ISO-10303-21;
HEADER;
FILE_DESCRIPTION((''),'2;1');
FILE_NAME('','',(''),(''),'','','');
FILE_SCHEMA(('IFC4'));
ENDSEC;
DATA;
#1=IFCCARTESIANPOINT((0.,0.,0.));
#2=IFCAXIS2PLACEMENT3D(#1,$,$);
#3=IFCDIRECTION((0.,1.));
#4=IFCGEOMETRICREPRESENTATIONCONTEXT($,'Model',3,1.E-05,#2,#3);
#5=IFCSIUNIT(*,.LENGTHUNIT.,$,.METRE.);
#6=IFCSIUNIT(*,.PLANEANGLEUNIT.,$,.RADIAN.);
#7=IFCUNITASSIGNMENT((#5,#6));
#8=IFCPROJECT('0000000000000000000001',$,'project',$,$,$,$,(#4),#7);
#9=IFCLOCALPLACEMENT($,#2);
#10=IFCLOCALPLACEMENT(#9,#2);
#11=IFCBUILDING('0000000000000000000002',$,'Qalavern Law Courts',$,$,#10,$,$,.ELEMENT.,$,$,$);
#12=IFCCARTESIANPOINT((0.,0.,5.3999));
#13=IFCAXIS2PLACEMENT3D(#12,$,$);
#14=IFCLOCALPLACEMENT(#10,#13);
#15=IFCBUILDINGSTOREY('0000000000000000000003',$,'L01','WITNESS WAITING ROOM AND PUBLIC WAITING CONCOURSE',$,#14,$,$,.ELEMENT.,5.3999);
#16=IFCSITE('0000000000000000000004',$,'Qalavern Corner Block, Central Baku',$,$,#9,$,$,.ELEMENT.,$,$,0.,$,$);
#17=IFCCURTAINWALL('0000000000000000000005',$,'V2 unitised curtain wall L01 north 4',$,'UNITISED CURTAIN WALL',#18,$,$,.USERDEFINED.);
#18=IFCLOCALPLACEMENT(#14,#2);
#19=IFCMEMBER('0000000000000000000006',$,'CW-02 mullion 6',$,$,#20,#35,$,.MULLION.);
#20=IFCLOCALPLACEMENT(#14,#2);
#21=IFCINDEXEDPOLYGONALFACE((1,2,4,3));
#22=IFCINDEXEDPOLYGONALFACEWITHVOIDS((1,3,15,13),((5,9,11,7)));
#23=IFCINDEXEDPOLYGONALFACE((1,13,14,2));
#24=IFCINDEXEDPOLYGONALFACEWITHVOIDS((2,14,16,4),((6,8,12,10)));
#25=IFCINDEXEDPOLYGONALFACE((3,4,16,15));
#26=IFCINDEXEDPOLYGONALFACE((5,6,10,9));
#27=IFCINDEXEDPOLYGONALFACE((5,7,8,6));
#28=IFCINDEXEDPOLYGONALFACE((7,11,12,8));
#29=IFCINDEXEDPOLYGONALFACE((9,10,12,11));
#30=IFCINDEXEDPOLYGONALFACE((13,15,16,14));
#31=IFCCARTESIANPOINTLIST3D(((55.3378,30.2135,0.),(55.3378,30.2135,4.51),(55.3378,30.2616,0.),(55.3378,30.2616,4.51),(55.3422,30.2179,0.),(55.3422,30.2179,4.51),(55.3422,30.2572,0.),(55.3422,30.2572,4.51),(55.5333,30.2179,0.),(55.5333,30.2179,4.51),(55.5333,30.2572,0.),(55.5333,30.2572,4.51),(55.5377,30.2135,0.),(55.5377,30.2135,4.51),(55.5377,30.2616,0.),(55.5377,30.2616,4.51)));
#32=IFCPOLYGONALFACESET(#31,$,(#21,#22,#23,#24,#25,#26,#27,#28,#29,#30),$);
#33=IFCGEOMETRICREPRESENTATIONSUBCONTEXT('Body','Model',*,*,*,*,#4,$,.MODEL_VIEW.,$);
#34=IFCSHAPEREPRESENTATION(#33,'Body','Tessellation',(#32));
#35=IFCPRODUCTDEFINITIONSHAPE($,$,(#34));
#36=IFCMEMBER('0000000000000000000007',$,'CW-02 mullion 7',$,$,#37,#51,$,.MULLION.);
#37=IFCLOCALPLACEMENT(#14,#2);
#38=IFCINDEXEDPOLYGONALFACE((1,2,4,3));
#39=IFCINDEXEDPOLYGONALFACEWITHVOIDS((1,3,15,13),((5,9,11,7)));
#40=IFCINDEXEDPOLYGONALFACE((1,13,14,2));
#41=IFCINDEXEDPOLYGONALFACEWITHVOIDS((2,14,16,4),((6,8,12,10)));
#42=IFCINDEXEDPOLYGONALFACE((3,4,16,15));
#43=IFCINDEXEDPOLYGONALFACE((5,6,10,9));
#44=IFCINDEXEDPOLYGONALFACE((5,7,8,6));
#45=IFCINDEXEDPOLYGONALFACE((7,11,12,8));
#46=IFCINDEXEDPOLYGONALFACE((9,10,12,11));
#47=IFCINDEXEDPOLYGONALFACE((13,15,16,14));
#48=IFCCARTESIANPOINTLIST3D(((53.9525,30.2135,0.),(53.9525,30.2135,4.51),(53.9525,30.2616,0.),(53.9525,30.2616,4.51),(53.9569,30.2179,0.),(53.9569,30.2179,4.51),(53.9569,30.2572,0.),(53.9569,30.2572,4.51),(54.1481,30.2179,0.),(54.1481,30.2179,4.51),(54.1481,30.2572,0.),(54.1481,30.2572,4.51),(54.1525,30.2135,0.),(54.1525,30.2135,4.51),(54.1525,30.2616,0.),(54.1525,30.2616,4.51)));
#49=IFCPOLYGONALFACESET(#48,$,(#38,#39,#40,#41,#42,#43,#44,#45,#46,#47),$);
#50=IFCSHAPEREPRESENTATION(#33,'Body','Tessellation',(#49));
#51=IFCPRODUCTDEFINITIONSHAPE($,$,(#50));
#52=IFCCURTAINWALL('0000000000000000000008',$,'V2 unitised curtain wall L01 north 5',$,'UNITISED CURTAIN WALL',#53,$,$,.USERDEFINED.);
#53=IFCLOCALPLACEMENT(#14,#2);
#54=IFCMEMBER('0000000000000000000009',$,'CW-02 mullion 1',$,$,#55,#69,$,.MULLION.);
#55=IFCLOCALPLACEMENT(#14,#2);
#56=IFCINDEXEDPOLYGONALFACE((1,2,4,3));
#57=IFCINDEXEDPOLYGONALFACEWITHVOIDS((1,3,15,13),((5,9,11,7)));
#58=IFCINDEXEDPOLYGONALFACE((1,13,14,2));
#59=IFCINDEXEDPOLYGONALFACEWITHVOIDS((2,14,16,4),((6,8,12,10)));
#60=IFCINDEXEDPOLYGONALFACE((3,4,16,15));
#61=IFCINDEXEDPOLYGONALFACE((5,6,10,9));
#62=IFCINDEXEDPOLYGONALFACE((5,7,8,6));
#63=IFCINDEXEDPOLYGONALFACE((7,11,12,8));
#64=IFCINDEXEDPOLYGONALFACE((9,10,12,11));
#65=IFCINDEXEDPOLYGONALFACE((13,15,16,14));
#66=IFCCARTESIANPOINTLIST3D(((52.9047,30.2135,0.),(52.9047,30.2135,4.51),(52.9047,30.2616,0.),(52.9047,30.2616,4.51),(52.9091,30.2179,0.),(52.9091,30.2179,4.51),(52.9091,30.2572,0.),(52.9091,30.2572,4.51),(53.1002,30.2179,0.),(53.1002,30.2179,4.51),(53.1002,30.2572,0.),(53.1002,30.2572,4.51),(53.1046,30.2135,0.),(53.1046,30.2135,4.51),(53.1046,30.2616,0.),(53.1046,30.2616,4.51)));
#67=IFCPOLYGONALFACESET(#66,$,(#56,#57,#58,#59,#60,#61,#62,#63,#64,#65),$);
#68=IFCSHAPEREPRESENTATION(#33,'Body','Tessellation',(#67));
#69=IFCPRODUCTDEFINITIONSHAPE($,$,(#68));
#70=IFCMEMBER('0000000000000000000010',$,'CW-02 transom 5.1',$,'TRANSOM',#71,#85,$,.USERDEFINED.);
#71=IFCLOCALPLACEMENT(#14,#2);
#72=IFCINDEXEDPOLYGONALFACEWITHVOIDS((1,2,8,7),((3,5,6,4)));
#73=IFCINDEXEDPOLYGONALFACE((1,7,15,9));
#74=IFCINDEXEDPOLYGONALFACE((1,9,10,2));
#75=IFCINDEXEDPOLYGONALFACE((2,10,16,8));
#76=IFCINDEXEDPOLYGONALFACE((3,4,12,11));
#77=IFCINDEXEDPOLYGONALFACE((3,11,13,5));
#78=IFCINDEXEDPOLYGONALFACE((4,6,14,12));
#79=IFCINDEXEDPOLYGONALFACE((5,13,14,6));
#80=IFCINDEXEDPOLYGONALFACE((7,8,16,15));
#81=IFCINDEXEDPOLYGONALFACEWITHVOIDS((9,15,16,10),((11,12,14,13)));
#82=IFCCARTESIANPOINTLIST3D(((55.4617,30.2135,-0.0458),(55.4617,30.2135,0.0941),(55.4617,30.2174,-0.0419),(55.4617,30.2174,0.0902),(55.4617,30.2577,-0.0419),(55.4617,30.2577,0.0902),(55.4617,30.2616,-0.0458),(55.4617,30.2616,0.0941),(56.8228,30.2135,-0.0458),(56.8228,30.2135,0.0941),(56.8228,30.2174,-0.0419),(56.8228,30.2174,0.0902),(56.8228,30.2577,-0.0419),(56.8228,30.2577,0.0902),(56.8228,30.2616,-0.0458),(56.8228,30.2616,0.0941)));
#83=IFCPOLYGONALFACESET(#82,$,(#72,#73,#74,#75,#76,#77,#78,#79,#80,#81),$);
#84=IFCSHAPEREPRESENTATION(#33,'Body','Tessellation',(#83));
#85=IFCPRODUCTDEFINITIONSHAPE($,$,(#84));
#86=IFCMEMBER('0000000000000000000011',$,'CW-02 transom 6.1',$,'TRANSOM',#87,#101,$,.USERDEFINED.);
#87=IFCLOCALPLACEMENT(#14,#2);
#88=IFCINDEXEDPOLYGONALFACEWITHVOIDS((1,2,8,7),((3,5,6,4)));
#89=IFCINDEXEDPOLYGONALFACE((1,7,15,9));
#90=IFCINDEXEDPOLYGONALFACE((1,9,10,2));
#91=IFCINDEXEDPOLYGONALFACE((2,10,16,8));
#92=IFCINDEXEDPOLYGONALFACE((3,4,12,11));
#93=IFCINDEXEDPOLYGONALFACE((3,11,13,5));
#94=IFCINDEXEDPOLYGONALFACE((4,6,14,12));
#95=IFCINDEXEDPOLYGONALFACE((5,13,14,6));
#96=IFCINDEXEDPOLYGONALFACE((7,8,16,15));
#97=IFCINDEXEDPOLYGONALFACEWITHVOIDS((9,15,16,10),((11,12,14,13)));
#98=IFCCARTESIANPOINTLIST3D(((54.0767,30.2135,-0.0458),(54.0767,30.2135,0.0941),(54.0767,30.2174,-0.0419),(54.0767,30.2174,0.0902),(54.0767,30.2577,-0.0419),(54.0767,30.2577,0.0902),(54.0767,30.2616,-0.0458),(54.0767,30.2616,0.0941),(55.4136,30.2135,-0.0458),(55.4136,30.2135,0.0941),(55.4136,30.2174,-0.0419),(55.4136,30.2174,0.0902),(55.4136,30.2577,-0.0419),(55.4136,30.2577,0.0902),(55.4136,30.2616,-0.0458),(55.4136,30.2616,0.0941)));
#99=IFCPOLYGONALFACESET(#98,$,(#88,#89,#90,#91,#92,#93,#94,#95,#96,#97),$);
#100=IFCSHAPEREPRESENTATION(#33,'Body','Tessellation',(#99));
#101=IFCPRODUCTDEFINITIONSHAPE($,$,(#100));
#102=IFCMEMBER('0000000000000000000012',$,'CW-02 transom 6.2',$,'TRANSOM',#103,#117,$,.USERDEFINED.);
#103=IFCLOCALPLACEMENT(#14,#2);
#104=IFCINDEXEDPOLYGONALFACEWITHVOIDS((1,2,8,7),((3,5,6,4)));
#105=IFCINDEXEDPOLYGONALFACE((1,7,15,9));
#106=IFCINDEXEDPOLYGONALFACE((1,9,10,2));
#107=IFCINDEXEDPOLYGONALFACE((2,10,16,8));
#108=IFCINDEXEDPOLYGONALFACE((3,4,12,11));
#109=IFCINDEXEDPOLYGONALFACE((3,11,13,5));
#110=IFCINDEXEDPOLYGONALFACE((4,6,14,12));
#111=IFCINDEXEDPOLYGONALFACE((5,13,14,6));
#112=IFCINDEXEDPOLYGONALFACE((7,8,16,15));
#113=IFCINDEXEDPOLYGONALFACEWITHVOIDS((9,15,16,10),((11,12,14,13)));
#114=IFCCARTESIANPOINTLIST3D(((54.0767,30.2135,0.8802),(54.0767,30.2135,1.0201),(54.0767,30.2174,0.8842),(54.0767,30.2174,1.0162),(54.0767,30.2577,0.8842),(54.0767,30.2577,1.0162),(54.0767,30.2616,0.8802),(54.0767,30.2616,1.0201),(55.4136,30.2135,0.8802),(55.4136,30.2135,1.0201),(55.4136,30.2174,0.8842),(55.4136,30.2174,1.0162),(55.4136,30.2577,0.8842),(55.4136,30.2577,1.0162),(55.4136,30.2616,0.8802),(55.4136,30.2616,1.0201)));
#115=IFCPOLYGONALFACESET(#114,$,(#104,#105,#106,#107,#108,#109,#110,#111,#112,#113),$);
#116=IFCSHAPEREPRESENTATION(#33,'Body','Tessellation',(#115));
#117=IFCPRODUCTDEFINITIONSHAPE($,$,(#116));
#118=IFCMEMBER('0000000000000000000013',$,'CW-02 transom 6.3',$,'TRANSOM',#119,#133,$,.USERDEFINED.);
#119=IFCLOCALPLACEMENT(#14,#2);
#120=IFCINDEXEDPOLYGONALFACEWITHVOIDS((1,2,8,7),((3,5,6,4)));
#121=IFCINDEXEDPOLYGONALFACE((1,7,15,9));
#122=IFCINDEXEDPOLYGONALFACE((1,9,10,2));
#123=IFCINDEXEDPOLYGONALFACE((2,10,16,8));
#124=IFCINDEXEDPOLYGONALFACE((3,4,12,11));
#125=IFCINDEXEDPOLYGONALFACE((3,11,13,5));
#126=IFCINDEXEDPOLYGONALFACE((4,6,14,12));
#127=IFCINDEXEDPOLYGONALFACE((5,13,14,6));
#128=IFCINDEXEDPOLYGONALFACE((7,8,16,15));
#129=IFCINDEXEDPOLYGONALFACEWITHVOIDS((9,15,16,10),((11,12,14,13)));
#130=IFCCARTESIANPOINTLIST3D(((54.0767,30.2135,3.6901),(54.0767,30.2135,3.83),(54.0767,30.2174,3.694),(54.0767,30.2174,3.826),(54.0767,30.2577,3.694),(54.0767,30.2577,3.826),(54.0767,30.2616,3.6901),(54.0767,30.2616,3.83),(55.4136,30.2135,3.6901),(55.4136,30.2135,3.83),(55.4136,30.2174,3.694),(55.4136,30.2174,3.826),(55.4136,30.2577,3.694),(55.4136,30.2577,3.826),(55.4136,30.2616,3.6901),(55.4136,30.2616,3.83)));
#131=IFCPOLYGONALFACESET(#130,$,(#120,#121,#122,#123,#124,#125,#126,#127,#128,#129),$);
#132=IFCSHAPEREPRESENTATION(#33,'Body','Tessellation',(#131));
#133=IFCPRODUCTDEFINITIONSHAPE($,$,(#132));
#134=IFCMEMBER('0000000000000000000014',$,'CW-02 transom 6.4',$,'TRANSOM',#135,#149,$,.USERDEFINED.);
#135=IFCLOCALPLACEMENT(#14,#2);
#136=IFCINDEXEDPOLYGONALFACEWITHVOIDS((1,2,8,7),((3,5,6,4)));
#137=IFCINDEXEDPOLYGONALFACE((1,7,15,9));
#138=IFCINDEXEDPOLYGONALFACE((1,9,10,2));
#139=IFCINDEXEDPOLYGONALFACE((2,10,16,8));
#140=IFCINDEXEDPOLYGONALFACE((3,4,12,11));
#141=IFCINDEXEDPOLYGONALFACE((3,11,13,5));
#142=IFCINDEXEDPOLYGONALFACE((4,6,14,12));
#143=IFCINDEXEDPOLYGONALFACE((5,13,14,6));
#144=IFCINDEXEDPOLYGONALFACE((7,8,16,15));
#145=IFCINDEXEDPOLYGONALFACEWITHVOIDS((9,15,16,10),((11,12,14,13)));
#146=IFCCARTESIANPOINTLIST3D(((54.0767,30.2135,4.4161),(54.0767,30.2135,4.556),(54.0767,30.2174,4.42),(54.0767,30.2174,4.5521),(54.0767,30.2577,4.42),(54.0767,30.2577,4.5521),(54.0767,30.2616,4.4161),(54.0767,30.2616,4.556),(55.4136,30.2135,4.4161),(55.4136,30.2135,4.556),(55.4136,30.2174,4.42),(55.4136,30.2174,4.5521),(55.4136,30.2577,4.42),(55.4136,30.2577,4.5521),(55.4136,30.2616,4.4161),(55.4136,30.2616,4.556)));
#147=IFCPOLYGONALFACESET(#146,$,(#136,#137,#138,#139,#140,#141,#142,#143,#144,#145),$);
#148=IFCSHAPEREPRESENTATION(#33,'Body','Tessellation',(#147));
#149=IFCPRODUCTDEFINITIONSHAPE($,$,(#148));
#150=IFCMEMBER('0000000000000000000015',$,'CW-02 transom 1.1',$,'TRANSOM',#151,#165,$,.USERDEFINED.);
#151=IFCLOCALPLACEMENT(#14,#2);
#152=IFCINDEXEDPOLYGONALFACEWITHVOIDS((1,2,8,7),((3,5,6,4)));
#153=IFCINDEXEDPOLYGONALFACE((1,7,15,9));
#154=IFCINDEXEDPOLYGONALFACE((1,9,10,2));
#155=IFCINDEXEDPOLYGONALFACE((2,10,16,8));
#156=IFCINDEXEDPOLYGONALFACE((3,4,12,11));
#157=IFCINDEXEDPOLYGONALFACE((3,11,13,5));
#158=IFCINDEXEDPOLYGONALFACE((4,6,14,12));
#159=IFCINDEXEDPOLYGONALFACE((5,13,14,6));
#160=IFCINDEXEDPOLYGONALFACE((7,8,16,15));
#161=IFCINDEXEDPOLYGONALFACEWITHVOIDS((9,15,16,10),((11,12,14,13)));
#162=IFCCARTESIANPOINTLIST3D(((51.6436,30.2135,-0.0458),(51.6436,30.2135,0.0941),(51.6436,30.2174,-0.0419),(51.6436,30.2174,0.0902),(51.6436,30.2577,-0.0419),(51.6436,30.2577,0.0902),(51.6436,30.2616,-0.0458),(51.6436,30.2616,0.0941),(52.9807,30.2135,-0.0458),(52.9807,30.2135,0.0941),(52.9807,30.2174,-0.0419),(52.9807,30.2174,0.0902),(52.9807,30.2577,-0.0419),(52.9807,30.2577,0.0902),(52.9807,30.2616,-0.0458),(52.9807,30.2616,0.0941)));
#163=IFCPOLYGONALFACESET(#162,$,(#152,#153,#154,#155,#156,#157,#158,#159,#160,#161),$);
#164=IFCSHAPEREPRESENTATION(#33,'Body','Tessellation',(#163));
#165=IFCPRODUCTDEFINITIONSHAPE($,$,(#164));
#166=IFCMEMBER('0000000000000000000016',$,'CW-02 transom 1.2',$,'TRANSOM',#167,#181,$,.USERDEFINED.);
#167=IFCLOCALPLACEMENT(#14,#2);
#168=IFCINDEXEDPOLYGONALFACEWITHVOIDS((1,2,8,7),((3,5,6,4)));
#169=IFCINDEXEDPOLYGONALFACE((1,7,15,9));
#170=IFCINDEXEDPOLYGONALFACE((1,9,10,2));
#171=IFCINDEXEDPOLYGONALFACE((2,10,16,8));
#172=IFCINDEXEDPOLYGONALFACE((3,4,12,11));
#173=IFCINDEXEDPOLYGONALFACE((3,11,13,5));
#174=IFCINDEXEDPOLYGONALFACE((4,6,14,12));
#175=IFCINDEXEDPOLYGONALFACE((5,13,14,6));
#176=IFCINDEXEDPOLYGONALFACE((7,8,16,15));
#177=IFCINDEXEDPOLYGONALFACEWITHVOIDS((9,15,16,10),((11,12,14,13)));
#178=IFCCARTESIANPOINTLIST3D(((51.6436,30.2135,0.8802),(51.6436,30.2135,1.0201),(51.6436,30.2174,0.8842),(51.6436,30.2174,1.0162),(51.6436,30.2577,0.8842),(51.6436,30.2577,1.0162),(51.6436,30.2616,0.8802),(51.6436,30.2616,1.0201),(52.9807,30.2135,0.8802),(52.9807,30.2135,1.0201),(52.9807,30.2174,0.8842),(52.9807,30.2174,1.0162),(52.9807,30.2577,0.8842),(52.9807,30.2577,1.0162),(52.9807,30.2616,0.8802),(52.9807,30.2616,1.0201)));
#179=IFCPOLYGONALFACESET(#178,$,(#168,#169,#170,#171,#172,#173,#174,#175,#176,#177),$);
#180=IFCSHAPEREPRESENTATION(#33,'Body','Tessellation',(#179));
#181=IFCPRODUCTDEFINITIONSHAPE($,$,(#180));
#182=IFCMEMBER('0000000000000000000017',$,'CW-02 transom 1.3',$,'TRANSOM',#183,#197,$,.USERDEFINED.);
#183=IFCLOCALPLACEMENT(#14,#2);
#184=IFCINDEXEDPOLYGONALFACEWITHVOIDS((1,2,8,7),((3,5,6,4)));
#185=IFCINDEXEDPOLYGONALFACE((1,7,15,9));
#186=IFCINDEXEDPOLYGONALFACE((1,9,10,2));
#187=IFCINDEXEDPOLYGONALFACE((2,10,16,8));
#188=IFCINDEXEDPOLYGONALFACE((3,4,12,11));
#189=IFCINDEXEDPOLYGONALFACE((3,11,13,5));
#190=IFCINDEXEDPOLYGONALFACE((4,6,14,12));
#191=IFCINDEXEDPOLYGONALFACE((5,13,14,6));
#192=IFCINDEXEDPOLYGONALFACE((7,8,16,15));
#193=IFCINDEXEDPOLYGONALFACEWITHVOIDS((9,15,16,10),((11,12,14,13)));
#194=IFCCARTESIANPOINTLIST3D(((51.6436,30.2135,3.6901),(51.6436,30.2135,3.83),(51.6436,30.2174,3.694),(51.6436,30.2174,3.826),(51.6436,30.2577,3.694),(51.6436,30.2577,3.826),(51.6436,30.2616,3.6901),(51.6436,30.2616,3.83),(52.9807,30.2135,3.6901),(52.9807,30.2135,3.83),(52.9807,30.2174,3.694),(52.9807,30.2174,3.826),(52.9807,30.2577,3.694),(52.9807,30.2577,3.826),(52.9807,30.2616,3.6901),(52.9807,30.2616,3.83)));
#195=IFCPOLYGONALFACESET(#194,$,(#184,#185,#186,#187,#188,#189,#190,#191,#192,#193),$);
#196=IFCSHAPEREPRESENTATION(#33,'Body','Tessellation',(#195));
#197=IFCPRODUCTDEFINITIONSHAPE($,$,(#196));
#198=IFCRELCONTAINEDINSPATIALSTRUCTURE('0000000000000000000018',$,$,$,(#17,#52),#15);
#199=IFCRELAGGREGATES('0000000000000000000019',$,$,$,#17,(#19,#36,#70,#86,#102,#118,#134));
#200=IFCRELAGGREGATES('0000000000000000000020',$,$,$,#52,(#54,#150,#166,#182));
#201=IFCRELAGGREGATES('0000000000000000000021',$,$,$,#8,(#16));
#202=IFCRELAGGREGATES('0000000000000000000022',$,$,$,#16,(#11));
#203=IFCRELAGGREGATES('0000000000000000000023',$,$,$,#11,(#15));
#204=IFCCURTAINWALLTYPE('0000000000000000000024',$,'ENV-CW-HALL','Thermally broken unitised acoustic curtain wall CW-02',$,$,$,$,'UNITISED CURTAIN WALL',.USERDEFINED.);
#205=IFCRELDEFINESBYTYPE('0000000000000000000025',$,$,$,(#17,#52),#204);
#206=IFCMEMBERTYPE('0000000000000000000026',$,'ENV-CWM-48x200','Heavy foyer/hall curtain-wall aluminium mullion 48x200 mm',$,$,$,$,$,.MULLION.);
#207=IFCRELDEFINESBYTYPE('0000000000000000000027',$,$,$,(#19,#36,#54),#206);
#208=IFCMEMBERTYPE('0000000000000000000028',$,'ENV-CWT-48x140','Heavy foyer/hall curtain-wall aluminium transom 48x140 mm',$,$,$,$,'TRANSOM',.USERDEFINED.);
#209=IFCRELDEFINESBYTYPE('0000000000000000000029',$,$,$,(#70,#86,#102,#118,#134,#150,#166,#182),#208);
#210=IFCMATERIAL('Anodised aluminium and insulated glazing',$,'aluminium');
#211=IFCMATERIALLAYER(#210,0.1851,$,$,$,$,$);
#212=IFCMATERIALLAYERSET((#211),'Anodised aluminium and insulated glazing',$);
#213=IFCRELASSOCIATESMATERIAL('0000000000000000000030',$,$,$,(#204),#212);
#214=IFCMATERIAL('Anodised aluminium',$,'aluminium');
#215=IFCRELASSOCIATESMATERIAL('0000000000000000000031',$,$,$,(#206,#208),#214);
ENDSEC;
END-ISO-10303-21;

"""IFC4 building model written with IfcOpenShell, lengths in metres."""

from ifc_helpers import new_model, si_unit, direction, frame, origin, origin_2d, place, context, subcontext, project, spatial, hollow_rectangle, extrude, material, layer, layer_set, material_profile, profile_set, type_object, element, aggregate, save


model = new_model("IFC4")

# Units and contexts
model_context = context("Model", 3, precision=1e-05, world=origin(), true_north=direction((0.0, 1.0)))
body_context = subcontext(model_context, "Body", "Model", "MODEL_VIEW")
ifc_project = project(units=[si_unit("LENGTHUNIT", "METRE"), si_unit("PLANEANGLEUNIT", "RADIAN")], contexts=[model_context])

# Site, building, storey
site_placement = place(None, origin())
site = spatial("IfcSite", under=ifc_project, at=site_placement, Name="Qalavern Corner Block, Central Baku", CompositionType="ELEMENT", RefElevation=0.0)
building_placement = place(site_placement, origin())
building = spatial("IfcBuilding", under=site, at=building_placement, Name="Qalavern Law Courts", CompositionType="ELEMENT")
storey_placement = place(building_placement, frame((0.0, 0.0, 5.3999)))
storey = spatial("IfcBuildingStorey", under=building, at=storey_placement, Name="L01", Description="WITNESS WAITING ROOM AND PUBLIC WAITING CONCOURSE", CompositionType="ELEMENT", Elevation=5.3999)

# Curtain wall, members
ifc_material_1 = material(Name="Anodised aluminium and insulated glazing", Category="aluminium")
ifc_layer_1 = layer(ifc_material_1, 0.1851)
ifc_layer_set_1 = layer_set([ifc_layer_1], Name="Anodised aluminium and insulated glazing")
curtain_wall_type = type_object("IfcCurtainWallType", Name="ENV-CW-HALL", Description="Thermally broken unitised acoustic curtain wall CW-02", ElementType="UNITISED CURTAIN WALL", PredefinedType="USERDEFINED", material=ifc_layer_set_1)
curtain_wall_1_placement = place(storey_placement, origin())
curtain_wall_1 = element("IfcCurtainWall", 1, at=curtain_wall_1_placement, inside=storey, type_object=curtain_wall_type, Name="V2 unitised curtain wall L01 north 4", ObjectType="UNITISED CURTAIN WALL", PredefinedType="USERDEFINED")
ifc_material_2 = material(Name="Anodised aluminium", Category="aluminium")
ifc_material_profile_1 = material_profile(ifc_material_2, hollow_rectangle(XDim=0.0481, YDim=0.2, WallThickness=0.0044, at=origin_2d()), Name="ALU MULLION 48x200")
ifc_profile_set_1 = profile_set([ifc_material_profile_1], Name="Anodised aluminium")
member_type_1 = type_object("IfcMemberType", Name="ENV-CWM-48x200", Description="Heavy foyer/hall curtain-wall aluminium mullion 48x200 mm", PredefinedType="MULLION", material=ifc_profile_set_1)
member_1_placement = place(storey_placement, frame((55.4377, 30.2375, 0.0), z_axis=(0.0, 0.0, 1.0), x_axis=(0.0, -1.0, 0.0)))
member_1 = element("IfcMember", 2, at=member_1_placement, type_object=member_type_1, Name="CW-02 mullion 6", PredefinedType="MULLION", context=body_context, shape_type="SweptSolid", body=[
    extrude(hollow_rectangle(XDim=0.0481, YDim=0.2, WallThickness=0.0044, at=origin_2d()), origin(), (0.0, 0.0, 1.0), 4.51),
])
member_2_placement = place(storey_placement, frame((54.0525, 30.2375, 0.0), z_axis=(0.0, 0.0, 1.0), x_axis=(0.0, -1.0, 0.0)))
member_2 = element("IfcMember", 3, at=member_2_placement, type_object=member_type_1, Name="CW-02 mullion 7", PredefinedType="MULLION", context=body_context, shape_type="SweptSolid", body=[
    extrude(hollow_rectangle(XDim=0.0481, YDim=0.2, WallThickness=0.0044, at=origin_2d()), origin(), (0.0, 0.0, 1.0), 4.51),
])

# Curtain wall, member
curtain_wall_2_placement = place(storey_placement, origin())
curtain_wall_2 = element("IfcCurtainWall", 4, at=curtain_wall_2_placement, inside=storey, type_object=curtain_wall_type, Name="V2 unitised curtain wall L01 north 5", ObjectType="UNITISED CURTAIN WALL", PredefinedType="USERDEFINED")
member_3_placement = place(storey_placement, frame((53.0046, 30.2375, 0.0), z_axis=(0.0, 0.0, 1.0), x_axis=(0.0, -1.0, 0.0)))
member_3 = element("IfcMember", 5, at=member_3_placement, type_object=member_type_1, Name="CW-02 mullion 1", PredefinedType="MULLION", context=body_context, shape_type="SweptSolid", body=[
    extrude(hollow_rectangle(XDim=0.0481, YDim=0.2, WallThickness=0.0044, at=origin_2d()), origin(), (0.0, 0.0, 1.0), 4.51),
])

# Members
ifc_material_profile_2 = material_profile(ifc_material_2, hollow_rectangle(XDim=0.0481, YDim=0.1399, WallThickness=0.0039, at=origin_2d()), Name="ALU TRANSOM 48x140")
ifc_profile_set_2 = profile_set([ifc_material_profile_2], Name="Anodised aluminium")
member_type_2 = type_object("IfcMemberType", Name="ENV-CWT-48x140", Description="Heavy foyer/hall curtain-wall aluminium transom 48x140 mm", ElementType="TRANSOM", PredefinedType="USERDEFINED", material=ifc_profile_set_2)
member_4_placement = place(storey_placement, frame((56.8228, 30.2375, 0.0242), z_axis=(-1.0, 0.0, 0.0), x_axis=(0.0, -1.0, 0.0)))
member_4 = element("IfcMember", 6, at=member_4_placement, type_object=member_type_2, Name="CW-02 transom 5.1", ObjectType="TRANSOM", PredefinedType="USERDEFINED", context=body_context, shape_type="SweptSolid", body=[
    extrude(hollow_rectangle(XDim=0.0481, YDim=0.1399, WallThickness=0.0039, at=origin_2d()), origin(), (0.0, 0.0, 1.0), 1.3611),
])
member_5_placement = place(storey_placement, frame((55.4136, 30.2375, 0.0242), z_axis=(-1.0, 0.0, 0.0), x_axis=(0.0, -1.0, 0.0)))
member_5 = element("IfcMember", 7, at=member_5_placement, type_object=member_type_2, Name="CW-02 transom 6.1", ObjectType="TRANSOM", PredefinedType="USERDEFINED", context=body_context, shape_type="SweptSolid", body=[
    extrude(hollow_rectangle(XDim=0.0481, YDim=0.1399, WallThickness=0.0039, at=origin_2d()), origin(), (0.0, 0.0, 1.0), 1.3369),
])
member_6_placement = place(storey_placement, frame((55.4136, 30.2375, 0.9502), z_axis=(-1.0, 0.0, 0.0), x_axis=(0.0, -1.0, 0.0)))
member_6 = element("IfcMember", 8, at=member_6_placement, type_object=member_type_2, Name="CW-02 transom 6.2", ObjectType="TRANSOM", PredefinedType="USERDEFINED", context=body_context, shape_type="SweptSolid", body=[
    extrude(hollow_rectangle(XDim=0.0481, YDim=0.1399, WallThickness=0.0039, at=origin_2d()), origin(), (0.0, 0.0, 1.0), 1.3369),
])
member_7_placement = place(storey_placement, frame((55.4136, 30.2375, 3.76), z_axis=(-1.0, 0.0, 0.0), x_axis=(0.0, -1.0, 0.0)))
member_7 = element("IfcMember", 9, at=member_7_placement, type_object=member_type_2, Name="CW-02 transom 6.3", ObjectType="TRANSOM", PredefinedType="USERDEFINED", context=body_context, shape_type="SweptSolid", body=[
    extrude(hollow_rectangle(XDim=0.0481, YDim=0.1399, WallThickness=0.0039, at=origin_2d()), origin(), (0.0, 0.0, 1.0), 1.3369),
])
member_8_placement = place(storey_placement, frame((55.4136, 30.2375, 4.4861), z_axis=(-1.0, 0.0, 0.0), x_axis=(0.0, -1.0, 0.0)))
member_8 = element("IfcMember", 10, at=member_8_placement, type_object=member_type_2, Name="CW-02 transom 6.4", ObjectType="TRANSOM", PredefinedType="USERDEFINED", context=body_context, shape_type="SweptSolid", body=[
    extrude(hollow_rectangle(XDim=0.0481, YDim=0.1399, WallThickness=0.0039, at=origin_2d()), origin(), (0.0, 0.0, 1.0), 1.3369),
])
member_9_placement = place(storey_placement, frame((52.9807, 30.2375, 0.0242), z_axis=(-1.0, 0.0, 0.0), x_axis=(0.0, -1.0, 0.0)))
member_9 = element("IfcMember", 11, at=member_9_placement, type_object=member_type_2, Name="CW-02 transom 1.1", ObjectType="TRANSOM", PredefinedType="USERDEFINED", context=body_context, shape_type="SweptSolid", body=[
    extrude(hollow_rectangle(XDim=0.0481, YDim=0.1399, WallThickness=0.0039, at=origin_2d()), origin(), (0.0, 0.0, 1.0), 1.3372),
])
member_10_placement = place(storey_placement, frame((52.9807, 30.2375, 0.9502), z_axis=(-1.0, 0.0, 0.0), x_axis=(0.0, -1.0, 0.0)))
member_10 = element("IfcMember", 12, at=member_10_placement, type_object=member_type_2, Name="CW-02 transom 1.2", ObjectType="TRANSOM", PredefinedType="USERDEFINED", context=body_context, shape_type="SweptSolid", body=[
    extrude(hollow_rectangle(XDim=0.0481, YDim=0.1399, WallThickness=0.0039, at=origin_2d()), origin(), (0.0, 0.0, 1.0), 1.3372),
])
member_11_placement = place(storey_placement, frame((52.9807, 30.2375, 3.76), z_axis=(-1.0, 0.0, 0.0), x_axis=(0.0, -1.0, 0.0)))
member_11 = element("IfcMember", 13, at=member_11_placement, type_object=member_type_2, Name="CW-02 transom 1.3", ObjectType="TRANSOM", PredefinedType="USERDEFINED", context=body_context, shape_type="SweptSolid", body=[
    extrude(hollow_rectangle(XDim=0.0481, YDim=0.1399, WallThickness=0.0039, at=origin_2d()), origin(), (0.0, 0.0, 1.0), 1.3372),
])

aggregate(curtain_wall_1, [member_1, member_2, member_4, member_5, member_6, member_7, member_8])
aggregate(curtain_wall_2, [member_3, member_9, member_10, member_11])

save(model, "model.ifc")
